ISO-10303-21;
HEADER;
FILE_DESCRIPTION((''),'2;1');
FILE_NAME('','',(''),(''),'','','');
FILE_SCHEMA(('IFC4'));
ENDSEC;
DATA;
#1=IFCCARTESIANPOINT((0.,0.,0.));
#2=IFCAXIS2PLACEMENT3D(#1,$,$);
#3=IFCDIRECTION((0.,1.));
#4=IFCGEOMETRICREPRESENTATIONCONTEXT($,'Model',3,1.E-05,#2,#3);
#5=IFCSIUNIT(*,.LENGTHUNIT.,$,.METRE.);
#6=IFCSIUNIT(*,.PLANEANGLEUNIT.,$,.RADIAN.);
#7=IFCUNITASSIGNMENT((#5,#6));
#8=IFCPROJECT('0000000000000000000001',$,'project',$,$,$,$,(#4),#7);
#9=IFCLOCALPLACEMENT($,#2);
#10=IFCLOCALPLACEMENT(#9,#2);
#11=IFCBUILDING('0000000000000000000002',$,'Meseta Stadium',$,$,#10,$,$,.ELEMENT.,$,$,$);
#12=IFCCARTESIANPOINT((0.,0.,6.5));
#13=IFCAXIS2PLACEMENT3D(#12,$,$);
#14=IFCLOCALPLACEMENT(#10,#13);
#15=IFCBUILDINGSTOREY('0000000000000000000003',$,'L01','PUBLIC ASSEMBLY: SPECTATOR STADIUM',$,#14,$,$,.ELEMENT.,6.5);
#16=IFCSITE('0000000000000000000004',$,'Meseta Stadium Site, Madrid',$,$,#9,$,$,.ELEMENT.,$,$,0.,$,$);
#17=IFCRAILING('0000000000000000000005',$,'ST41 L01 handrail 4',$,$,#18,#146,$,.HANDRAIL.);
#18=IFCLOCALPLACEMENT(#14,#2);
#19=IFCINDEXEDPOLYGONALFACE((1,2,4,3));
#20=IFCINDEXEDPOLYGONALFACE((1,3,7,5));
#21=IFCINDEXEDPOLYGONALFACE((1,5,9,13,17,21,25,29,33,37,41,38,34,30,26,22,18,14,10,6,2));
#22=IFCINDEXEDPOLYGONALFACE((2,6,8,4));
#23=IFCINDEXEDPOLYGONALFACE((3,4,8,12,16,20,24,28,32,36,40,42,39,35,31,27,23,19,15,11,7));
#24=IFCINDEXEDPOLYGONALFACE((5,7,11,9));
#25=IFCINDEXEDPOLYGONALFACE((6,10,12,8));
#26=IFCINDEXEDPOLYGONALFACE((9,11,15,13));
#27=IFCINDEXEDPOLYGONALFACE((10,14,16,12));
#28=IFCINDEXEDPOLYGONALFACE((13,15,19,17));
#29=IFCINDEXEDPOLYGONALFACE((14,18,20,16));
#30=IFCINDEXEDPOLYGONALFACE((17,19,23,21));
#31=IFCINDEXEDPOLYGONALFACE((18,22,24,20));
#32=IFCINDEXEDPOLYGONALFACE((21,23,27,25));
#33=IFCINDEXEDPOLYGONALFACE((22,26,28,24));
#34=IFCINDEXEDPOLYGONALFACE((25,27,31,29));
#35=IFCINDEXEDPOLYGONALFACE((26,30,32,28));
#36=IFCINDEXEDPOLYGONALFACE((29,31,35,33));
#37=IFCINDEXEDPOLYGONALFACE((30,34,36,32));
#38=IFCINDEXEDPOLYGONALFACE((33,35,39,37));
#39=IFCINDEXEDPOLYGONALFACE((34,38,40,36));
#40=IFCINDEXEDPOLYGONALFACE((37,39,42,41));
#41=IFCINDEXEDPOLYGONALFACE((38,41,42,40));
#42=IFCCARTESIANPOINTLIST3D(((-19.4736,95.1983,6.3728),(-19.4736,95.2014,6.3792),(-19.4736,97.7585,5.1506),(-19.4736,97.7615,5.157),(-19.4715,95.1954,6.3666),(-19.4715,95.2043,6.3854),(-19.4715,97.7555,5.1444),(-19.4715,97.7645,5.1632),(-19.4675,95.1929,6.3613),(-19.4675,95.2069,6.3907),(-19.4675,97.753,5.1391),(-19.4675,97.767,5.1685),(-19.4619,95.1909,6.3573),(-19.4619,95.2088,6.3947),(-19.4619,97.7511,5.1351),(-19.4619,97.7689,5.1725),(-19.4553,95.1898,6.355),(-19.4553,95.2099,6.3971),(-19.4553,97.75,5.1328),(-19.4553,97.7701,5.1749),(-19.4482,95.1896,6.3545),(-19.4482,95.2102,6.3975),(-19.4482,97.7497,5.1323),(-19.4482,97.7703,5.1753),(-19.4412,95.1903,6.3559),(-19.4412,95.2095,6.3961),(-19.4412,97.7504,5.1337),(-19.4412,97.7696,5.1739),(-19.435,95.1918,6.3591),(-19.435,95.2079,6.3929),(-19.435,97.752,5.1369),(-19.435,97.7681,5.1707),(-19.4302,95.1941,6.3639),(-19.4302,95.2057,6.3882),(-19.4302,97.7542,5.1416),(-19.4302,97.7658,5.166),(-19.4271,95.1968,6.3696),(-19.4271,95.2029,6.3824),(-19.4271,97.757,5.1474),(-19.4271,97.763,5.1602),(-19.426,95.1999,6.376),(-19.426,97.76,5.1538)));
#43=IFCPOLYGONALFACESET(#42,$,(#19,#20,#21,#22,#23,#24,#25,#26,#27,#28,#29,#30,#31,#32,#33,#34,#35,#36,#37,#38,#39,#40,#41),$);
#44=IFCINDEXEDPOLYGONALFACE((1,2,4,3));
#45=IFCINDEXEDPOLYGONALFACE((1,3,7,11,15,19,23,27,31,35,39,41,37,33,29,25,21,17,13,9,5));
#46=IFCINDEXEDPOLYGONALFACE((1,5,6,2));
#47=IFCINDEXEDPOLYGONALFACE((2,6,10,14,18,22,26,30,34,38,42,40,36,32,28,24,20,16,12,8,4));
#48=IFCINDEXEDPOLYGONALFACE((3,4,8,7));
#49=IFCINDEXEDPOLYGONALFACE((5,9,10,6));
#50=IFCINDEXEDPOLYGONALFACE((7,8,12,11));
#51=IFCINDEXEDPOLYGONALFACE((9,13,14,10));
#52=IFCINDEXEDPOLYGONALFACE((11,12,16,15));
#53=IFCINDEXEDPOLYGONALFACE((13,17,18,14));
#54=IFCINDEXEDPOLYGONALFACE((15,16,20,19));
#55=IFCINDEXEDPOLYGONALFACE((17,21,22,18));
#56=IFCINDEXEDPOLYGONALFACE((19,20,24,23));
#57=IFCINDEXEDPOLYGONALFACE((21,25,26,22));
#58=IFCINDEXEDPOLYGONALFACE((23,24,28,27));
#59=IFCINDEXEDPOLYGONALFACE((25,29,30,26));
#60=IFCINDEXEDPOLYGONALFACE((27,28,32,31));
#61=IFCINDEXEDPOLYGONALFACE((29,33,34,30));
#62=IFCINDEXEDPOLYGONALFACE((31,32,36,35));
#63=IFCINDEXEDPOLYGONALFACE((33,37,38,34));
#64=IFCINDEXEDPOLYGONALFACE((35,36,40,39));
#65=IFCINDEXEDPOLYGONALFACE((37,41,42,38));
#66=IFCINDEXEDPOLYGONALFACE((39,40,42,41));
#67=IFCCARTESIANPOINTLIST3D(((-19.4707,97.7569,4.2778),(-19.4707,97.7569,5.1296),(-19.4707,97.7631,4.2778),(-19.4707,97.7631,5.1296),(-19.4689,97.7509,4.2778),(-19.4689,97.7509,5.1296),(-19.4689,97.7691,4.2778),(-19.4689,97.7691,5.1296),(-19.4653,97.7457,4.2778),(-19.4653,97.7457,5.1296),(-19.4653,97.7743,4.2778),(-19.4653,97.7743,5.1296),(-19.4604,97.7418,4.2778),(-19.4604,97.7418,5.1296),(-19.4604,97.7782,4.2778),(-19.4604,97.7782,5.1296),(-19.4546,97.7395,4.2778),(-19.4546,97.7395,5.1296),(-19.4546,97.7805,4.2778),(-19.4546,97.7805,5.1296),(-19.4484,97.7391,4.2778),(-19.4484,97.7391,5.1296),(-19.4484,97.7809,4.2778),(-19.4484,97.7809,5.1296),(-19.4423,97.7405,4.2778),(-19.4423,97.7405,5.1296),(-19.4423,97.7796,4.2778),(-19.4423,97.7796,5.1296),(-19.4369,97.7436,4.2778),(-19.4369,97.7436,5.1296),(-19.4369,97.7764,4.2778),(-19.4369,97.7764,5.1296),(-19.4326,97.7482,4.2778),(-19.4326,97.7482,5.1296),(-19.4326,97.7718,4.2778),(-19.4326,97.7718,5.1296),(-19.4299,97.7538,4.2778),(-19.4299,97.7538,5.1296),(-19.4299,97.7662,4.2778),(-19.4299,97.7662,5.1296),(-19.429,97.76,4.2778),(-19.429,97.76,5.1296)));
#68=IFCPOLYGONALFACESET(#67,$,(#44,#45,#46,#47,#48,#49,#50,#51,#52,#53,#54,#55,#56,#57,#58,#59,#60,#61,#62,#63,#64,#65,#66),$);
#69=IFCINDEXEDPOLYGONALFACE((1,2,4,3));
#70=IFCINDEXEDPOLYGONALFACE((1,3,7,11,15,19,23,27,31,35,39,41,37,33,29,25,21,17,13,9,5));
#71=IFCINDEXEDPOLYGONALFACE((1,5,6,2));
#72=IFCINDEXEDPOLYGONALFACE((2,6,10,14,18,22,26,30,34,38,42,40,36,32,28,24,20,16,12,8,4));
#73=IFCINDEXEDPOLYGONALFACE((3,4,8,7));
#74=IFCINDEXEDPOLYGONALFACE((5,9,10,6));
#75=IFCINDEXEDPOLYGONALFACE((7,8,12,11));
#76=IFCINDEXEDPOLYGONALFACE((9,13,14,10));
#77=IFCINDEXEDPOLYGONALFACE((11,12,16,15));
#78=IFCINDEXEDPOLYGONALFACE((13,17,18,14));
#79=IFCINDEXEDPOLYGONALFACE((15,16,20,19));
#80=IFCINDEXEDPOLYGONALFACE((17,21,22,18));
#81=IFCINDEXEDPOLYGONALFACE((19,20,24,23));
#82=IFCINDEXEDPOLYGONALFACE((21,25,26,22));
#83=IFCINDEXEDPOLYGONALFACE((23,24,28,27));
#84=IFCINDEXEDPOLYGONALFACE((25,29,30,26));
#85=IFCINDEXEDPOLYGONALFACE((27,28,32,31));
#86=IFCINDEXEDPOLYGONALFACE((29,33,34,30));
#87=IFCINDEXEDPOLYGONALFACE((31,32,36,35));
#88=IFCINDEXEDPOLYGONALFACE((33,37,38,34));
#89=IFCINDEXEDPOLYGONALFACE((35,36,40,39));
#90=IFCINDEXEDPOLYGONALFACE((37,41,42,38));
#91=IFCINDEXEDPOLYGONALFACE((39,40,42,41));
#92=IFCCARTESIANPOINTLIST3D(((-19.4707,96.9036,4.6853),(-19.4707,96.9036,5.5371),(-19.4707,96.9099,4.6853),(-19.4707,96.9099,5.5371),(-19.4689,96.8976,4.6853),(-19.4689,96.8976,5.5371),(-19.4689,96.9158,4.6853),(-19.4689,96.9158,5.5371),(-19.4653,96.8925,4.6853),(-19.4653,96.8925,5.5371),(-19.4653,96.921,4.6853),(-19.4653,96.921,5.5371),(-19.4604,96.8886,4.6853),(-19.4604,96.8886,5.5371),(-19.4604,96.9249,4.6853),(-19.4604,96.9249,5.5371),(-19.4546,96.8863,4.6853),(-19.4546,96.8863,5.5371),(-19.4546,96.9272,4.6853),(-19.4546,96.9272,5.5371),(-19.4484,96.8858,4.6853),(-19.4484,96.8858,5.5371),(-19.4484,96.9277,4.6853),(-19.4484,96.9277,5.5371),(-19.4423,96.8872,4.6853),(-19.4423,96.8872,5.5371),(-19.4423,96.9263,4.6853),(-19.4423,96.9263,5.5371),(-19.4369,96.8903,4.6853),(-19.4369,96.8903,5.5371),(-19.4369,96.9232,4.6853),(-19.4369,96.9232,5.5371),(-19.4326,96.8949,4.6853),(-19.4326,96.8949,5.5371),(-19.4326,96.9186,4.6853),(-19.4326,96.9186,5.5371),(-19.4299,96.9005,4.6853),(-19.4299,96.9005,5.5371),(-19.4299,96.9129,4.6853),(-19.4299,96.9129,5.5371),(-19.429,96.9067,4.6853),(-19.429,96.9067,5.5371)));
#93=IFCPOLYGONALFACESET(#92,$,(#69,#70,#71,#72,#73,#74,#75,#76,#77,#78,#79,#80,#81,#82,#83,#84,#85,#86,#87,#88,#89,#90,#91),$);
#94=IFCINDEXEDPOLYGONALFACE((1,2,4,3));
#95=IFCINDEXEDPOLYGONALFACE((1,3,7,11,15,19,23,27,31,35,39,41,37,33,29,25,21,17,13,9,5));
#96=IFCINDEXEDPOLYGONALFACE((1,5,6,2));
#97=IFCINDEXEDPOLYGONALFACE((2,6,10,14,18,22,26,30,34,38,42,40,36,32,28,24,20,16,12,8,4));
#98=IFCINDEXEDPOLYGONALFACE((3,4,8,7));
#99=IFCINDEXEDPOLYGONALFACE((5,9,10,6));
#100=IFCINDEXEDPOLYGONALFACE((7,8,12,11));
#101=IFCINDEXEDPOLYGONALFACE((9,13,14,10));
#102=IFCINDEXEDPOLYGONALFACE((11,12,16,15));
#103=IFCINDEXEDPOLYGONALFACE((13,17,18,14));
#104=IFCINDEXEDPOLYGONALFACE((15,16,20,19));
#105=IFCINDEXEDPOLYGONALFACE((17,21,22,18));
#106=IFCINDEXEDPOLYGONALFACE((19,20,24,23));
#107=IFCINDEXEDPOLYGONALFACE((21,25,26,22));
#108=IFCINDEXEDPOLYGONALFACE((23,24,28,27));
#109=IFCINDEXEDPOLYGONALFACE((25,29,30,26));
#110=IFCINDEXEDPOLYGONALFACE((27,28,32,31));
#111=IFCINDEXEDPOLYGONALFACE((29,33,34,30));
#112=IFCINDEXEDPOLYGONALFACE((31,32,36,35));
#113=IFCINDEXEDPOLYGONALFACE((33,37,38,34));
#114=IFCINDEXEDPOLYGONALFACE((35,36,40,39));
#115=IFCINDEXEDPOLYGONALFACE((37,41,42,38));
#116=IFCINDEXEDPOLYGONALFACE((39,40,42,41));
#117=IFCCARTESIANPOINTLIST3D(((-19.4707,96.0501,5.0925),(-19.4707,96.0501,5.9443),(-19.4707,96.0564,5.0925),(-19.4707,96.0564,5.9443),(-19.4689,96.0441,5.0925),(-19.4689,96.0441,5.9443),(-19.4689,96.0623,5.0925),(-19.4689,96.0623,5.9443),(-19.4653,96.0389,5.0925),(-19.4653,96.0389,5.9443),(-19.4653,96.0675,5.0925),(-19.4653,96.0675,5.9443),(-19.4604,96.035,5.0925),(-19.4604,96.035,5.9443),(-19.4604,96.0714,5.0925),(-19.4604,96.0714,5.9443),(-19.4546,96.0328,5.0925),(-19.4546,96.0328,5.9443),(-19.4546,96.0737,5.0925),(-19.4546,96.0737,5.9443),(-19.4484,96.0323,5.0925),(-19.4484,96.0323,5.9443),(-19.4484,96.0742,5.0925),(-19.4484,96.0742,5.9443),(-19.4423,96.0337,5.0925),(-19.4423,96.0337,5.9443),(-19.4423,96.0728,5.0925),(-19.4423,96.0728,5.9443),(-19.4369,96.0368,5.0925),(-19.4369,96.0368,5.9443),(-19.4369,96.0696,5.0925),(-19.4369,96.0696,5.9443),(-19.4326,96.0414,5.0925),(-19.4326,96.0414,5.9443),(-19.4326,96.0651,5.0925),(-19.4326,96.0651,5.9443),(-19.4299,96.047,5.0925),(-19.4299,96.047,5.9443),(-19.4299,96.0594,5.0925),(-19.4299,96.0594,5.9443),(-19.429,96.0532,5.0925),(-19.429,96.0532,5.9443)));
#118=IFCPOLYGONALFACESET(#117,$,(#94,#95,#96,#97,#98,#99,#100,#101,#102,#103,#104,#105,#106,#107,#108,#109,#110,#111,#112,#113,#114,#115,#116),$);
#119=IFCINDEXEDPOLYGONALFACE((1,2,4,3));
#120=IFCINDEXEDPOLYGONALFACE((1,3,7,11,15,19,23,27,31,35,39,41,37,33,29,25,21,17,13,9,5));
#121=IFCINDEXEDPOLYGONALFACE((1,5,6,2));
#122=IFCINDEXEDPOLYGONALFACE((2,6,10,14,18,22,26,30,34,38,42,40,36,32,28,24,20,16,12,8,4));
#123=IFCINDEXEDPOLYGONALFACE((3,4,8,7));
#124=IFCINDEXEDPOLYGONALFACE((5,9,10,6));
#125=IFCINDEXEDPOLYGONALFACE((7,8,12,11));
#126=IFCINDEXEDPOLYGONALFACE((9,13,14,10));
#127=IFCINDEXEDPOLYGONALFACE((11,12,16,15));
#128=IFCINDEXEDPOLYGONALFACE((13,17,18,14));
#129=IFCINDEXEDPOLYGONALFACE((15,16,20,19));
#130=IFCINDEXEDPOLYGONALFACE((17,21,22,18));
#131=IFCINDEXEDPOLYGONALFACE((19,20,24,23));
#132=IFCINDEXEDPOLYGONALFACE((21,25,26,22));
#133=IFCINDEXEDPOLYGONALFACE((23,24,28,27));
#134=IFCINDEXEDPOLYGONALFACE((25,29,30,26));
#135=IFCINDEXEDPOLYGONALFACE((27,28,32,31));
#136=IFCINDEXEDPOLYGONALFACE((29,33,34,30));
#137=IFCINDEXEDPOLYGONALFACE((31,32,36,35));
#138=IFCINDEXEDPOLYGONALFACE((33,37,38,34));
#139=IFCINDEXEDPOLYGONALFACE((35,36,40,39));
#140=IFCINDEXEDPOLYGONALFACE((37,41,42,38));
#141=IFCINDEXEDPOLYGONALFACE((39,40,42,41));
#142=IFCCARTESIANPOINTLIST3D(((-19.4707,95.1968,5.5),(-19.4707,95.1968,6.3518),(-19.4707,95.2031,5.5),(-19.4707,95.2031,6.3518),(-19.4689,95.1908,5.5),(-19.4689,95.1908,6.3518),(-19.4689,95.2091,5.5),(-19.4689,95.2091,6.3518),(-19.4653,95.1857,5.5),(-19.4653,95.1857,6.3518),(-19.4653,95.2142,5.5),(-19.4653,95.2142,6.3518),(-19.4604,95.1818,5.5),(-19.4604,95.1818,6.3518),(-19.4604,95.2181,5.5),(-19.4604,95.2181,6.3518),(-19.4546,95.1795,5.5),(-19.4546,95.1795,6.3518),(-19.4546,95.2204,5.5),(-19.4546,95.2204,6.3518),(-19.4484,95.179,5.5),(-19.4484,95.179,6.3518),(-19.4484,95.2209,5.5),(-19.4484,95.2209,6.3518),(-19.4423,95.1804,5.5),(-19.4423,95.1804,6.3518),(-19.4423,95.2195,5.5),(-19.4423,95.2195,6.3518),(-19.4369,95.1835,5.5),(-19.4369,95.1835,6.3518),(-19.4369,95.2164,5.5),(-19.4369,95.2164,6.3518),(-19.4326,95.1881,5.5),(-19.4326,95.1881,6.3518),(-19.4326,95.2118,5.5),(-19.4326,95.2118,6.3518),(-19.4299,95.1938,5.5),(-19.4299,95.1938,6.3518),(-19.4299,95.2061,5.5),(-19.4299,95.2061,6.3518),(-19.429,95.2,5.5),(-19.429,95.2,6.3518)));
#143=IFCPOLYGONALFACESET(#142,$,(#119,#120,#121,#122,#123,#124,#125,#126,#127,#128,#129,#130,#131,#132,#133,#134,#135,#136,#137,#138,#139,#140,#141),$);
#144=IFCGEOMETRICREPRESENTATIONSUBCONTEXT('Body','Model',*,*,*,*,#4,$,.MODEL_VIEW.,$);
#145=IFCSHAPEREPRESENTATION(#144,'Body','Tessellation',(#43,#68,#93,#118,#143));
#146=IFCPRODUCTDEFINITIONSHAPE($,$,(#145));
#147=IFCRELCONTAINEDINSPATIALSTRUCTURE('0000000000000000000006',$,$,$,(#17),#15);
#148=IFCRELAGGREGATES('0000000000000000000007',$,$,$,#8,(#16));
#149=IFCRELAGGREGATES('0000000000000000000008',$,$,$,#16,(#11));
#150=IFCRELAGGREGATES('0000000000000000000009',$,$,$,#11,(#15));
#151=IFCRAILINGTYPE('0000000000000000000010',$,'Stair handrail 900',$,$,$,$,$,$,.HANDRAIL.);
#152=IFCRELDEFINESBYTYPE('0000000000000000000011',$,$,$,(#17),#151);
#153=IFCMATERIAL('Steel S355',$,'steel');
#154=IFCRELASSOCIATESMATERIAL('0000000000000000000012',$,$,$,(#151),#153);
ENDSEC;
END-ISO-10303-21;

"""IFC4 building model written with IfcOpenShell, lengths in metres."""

from ifc_helpers import new_model, si_unit, direction, frame, origin, origin_2d, place, context, subcontext, project, spatial, circle, extrude, material, type_object, element, save


model = new_model("IFC4")

# Units and contexts
model_context = context("Model", 3, precision=1e-05, world=origin(), true_north=direction((0.0, 1.0)))
body_context = subcontext(model_context, "Body", "Model", "MODEL_VIEW")
ifc_project = project(units=[si_unit("LENGTHUNIT", "METRE"), si_unit("PLANEANGLEUNIT", "RADIAN")], contexts=[model_context])

# Site, building, storey
site_placement = place(None, origin())
site = spatial("IfcSite", under=ifc_project, at=site_placement, Name="Meseta Stadium Site, Madrid", CompositionType="ELEMENT", RefElevation=0.0)
building_placement = place(site_placement, origin())
building = spatial("IfcBuilding", under=site, at=building_placement, Name="Meseta Stadium", CompositionType="ELEMENT")
storey_placement = place(building_placement, frame((0.0, 0.0, 6.5)))
storey = spatial("IfcBuildingStorey", under=building, at=storey_placement, Name="L01", Description="PUBLIC ASSEMBLY: SPECTATOR STADIUM", CompositionType="ELEMENT", Elevation=6.5)

# Railing
ifc_material_1 = material(Name="Steel S355", Category="steel")
railing_type_1 = type_object("IfcRailingType", Name="Stair handrail 900", PredefinedType="HANDRAIL", material=ifc_material_1)
for number, where, name in (
    (1, (-19.45, 97.76, 4.2778), "ST41 L01 handrail 4"),
):
    element("IfcRailing", number, at=place(storey_placement, frame(where)), inside=storey, type_object=railing_type_1, Name=name, PredefinedType="HANDRAIL", context=body_context, shape_type="SweptSolid", body=[
        extrude(circle(Radius=0.0239, at=origin_2d()), frame((0.0, 0.0, 0.876), z_axis=(0.0, -0.902437, 0.430822), x_axis=(1.0, 0.0, 0.0)), (0.0, 0.0, 1.0), 2.8369),
        extrude(circle(Radius=0.021, at=origin_2d()), origin(), (0.0, 0.0, 1.0), 0.8518),
        extrude(circle(Radius=0.021, at=origin_2d()), frame((0.0, -0.8533, 0.4075)), (0.0, 0.0, 1.0), 0.8518),
        extrude(circle(Radius=0.021, at=origin_2d()), frame((0.0, -1.7068, 0.8147)), (0.0, 0.0, 1.0), 0.8518),
        extrude(circle(Radius=0.021, at=origin_2d()), frame((0.0, -2.5601, 1.2222)), (0.0, 0.0, 1.0), 0.8518),
    ])

save(model, "model.ifc")
